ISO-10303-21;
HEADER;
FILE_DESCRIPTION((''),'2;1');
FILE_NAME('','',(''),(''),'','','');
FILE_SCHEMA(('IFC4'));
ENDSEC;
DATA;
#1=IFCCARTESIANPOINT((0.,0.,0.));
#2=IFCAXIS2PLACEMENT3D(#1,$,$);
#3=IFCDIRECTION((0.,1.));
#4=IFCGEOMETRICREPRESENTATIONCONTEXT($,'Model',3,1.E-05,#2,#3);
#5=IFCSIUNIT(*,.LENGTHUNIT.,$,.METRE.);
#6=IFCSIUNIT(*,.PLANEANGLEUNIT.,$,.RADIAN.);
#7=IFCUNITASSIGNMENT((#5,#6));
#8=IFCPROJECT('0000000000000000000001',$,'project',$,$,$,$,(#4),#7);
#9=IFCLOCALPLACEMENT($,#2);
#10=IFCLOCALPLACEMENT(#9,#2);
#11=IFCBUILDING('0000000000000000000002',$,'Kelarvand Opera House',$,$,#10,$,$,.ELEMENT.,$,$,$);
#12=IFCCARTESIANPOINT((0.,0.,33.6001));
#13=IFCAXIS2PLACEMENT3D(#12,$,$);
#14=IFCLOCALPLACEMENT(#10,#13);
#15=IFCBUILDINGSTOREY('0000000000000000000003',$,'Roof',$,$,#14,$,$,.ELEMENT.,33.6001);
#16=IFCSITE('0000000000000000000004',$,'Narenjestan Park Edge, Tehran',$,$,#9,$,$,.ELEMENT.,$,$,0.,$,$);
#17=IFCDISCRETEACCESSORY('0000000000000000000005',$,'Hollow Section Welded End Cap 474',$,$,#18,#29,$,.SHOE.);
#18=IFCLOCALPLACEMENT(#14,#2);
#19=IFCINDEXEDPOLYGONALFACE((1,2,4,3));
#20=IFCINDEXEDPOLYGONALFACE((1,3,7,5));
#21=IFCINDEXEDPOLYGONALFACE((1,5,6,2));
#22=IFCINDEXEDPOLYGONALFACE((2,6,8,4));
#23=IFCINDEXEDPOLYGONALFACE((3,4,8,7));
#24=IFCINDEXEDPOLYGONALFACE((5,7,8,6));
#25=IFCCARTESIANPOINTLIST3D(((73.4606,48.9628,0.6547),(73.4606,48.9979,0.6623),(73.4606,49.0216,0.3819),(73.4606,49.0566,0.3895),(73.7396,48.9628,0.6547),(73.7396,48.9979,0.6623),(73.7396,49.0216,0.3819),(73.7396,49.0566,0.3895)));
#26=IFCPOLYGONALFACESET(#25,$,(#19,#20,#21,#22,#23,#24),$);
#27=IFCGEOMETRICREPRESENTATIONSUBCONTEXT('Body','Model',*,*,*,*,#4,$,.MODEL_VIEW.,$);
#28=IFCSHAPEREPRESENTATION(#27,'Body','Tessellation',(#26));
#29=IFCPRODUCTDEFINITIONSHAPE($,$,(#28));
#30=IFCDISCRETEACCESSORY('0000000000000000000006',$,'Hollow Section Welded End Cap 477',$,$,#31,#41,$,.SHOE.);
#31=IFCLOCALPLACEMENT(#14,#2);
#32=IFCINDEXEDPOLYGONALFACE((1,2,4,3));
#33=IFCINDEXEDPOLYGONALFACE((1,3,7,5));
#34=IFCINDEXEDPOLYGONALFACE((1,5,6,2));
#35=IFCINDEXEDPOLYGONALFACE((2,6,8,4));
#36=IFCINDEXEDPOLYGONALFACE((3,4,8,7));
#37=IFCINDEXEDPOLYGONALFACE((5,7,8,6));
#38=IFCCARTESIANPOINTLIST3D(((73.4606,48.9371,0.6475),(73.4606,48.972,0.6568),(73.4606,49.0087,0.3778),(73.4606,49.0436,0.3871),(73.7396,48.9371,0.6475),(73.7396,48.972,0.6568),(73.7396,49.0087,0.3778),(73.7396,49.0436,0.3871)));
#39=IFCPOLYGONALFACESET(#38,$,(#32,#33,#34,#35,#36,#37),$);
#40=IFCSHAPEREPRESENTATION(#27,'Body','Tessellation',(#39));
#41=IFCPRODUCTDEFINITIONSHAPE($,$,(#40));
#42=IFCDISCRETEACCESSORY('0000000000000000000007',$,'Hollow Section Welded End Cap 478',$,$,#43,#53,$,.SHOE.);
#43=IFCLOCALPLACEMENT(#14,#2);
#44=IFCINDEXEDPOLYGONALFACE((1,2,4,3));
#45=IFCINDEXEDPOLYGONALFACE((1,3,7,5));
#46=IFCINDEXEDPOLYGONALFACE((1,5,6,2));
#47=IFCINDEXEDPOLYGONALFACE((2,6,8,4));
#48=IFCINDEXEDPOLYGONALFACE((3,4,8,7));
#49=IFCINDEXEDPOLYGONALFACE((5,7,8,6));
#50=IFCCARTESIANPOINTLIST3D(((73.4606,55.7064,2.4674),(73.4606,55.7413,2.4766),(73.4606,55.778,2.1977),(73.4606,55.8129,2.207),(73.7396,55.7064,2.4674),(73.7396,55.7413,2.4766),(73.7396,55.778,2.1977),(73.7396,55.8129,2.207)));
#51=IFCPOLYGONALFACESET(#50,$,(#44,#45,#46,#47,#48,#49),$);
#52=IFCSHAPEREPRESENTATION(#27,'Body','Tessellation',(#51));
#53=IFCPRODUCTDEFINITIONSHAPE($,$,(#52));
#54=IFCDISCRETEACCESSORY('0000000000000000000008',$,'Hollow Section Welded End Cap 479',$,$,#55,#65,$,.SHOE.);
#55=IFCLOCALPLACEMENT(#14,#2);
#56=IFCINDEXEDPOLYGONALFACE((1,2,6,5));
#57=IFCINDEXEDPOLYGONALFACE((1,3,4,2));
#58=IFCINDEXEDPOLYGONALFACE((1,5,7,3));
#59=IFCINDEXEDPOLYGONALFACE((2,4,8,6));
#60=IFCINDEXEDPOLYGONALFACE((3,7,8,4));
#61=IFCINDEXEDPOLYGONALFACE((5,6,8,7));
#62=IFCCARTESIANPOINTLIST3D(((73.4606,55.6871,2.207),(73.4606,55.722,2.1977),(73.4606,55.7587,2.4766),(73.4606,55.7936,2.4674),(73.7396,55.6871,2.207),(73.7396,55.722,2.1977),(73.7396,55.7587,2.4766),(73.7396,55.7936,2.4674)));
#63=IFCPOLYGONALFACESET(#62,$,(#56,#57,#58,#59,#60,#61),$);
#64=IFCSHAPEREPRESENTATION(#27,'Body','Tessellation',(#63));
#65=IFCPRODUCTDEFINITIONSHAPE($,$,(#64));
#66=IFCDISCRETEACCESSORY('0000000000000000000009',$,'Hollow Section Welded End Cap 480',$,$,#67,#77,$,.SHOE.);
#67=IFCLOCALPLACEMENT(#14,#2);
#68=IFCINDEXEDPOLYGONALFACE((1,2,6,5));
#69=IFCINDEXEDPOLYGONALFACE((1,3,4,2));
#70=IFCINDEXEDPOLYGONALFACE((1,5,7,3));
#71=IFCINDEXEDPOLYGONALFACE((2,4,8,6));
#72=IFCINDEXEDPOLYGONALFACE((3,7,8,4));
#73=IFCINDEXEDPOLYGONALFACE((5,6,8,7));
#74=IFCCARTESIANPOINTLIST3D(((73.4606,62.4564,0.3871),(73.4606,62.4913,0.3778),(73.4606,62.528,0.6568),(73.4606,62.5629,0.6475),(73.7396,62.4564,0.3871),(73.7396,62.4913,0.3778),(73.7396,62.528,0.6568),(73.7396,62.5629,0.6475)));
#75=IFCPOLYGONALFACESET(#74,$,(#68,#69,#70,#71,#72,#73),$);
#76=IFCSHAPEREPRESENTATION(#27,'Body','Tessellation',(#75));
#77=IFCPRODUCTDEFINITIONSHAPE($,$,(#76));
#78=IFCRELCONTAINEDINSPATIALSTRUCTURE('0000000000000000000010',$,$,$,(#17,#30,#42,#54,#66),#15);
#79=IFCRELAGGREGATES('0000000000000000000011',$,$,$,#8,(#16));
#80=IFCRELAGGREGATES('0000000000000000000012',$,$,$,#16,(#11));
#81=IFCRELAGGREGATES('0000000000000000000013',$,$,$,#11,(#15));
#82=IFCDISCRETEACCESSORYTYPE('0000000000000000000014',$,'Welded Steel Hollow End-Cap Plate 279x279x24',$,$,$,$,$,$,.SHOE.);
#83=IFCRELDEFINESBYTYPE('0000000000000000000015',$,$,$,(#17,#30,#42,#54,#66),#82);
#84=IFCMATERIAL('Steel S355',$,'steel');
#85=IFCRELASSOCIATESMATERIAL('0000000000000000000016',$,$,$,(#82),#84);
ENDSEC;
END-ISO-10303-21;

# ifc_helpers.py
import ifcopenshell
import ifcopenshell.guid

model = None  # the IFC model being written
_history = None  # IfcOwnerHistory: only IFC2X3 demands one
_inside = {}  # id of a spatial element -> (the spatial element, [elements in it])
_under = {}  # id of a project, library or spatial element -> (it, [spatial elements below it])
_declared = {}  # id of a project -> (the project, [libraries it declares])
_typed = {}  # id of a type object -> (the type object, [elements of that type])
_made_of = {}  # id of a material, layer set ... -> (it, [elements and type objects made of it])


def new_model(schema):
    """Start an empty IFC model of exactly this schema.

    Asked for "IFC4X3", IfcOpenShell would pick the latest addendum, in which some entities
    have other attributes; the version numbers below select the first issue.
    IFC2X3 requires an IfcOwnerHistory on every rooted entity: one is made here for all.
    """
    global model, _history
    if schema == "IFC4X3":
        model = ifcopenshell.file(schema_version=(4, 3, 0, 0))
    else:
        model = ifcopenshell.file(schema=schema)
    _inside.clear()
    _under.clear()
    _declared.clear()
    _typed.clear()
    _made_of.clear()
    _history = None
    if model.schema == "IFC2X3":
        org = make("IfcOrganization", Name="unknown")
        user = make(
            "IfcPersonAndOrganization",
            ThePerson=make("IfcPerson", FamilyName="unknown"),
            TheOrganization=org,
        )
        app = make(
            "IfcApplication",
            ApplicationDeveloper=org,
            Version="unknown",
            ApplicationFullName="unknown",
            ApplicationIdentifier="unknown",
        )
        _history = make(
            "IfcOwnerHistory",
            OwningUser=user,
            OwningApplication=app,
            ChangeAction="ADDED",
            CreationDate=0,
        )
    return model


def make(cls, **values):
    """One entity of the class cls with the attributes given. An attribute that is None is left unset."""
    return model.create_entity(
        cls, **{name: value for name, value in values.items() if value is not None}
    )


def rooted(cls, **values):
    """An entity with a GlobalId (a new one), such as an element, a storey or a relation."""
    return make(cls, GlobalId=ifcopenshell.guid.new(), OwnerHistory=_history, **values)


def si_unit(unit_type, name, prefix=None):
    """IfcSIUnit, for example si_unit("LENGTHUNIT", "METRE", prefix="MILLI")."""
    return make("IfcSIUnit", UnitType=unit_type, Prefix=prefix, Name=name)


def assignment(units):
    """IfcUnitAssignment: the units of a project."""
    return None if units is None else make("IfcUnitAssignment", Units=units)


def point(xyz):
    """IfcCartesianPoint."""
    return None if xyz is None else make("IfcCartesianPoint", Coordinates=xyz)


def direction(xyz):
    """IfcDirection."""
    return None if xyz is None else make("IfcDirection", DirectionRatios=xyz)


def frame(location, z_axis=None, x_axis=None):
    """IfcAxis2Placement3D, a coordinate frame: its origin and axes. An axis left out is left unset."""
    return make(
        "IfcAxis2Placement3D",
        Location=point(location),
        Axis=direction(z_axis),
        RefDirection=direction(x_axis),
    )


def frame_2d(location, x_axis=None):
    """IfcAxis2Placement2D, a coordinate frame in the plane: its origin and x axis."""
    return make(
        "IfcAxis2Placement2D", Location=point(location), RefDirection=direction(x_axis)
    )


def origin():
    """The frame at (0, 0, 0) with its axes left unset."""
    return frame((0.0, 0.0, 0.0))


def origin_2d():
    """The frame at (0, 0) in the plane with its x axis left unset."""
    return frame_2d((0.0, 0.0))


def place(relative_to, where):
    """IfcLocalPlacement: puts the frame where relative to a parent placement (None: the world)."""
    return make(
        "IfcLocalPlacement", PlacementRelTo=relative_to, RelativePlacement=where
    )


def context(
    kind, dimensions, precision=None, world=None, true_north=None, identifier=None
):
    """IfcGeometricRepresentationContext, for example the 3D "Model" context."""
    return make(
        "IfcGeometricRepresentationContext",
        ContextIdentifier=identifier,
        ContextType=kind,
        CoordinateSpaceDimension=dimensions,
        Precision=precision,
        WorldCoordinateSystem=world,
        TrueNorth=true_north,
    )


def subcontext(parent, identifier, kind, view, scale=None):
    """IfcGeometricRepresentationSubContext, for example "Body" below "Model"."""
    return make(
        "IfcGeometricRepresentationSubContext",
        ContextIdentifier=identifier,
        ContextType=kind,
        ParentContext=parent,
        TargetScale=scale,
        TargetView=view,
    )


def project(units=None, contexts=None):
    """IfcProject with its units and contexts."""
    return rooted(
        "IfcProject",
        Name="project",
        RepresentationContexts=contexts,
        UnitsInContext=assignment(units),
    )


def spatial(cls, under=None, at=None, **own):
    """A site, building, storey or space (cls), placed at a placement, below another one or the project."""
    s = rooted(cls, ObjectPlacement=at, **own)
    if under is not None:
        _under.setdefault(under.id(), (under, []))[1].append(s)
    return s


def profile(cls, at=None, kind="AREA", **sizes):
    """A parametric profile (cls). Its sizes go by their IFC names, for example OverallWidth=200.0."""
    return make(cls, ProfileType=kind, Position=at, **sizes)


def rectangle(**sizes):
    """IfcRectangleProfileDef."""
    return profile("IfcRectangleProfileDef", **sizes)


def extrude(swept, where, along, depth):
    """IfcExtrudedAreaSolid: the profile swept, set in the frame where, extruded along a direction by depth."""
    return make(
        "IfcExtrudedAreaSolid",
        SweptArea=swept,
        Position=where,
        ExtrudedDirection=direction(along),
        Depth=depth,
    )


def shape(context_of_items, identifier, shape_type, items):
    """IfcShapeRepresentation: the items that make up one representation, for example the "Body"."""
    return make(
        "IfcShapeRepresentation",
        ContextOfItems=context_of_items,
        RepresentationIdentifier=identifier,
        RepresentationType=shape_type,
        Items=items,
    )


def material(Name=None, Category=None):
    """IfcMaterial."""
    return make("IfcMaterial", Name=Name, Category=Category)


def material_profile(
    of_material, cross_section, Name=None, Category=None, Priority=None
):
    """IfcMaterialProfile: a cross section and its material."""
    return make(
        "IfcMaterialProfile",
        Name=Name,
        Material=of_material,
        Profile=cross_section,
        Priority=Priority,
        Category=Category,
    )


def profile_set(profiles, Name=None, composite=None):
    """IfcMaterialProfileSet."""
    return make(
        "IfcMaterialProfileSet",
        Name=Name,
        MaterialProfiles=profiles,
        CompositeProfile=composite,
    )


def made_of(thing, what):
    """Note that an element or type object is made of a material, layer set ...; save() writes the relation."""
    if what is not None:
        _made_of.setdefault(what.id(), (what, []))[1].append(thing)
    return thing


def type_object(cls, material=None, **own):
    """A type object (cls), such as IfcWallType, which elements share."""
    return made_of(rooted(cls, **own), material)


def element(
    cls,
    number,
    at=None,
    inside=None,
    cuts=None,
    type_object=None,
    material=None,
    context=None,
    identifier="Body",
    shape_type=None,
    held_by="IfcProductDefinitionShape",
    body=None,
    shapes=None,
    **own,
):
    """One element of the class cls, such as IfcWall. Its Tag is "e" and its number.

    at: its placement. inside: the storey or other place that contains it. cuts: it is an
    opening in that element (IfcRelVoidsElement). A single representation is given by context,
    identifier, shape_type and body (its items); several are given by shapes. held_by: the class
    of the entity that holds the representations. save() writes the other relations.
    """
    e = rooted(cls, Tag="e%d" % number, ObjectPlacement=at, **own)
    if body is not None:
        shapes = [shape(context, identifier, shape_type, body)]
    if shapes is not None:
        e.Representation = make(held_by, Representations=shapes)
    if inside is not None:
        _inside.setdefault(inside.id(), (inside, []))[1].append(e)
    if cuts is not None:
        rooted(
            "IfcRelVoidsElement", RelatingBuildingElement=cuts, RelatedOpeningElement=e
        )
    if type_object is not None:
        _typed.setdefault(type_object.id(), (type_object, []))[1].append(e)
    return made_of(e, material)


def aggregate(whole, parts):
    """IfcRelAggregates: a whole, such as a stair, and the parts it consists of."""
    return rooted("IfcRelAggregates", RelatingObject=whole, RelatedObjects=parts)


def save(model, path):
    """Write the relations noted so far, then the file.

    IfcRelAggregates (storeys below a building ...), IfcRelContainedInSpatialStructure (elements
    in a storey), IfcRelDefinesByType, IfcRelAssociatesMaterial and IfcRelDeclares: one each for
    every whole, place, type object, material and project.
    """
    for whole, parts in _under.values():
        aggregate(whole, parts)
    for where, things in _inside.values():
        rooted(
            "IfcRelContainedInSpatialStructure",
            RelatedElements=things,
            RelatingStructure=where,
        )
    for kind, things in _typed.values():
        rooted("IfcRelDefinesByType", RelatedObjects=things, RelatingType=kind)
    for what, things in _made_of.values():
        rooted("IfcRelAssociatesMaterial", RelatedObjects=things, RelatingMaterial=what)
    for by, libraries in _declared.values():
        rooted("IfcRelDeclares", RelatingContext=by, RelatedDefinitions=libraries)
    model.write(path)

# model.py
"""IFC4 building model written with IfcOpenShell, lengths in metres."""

from ifc_helpers import new_model, si_unit, direction, frame, origin, origin_2d, place, context, subcontext, project, spatial, rectangle, extrude, material, material_profile, profile_set, type_object, element, save


model = new_model("IFC4")

# Units and contexts
model_context = context("Model", 3, precision=1e-05, world=origin(), true_north=direction((0.0, 1.0)))
body_context = subcontext(model_context, "Body", "Model", "MODEL_VIEW")
ifc_project = project(units=[si_unit("LENGTHUNIT", "METRE"), si_unit("PLANEANGLEUNIT", "RADIAN")], contexts=[model_context])

# Site, building, storey
site_placement = place(None, origin())
site = spatial("IfcSite", under=ifc_project, at=site_placement, Name="Narenjestan Park Edge, Tehran", CompositionType="ELEMENT", RefElevation=0.0)
building_placement = place(site_placement, origin())
building = spatial("IfcBuilding", under=site, at=building_placement, Name="Kelarvand Opera House", CompositionType="ELEMENT")
storey_placement = place(building_placement, frame((0.0, 0.0, 33.6001)))
storey = spatial("IfcBuildingStorey", under=building, at=storey_placement, Name="Roof", CompositionType="ELEMENT", Elevation=33.6001)

# Shared definitions
ifc_material = material(Name="Steel S355", Category="steel")

# Discrete accessories
ifc_material_profile_1 = material_profile(ifc_material, rectangle(XDim=0.2791, YDim=0.2791, at=origin_2d()), Name="Welded Steel Hollow End-Cap Plate 279x279x24", Category="steel")
ifc_profile_set_1 = profile_set([ifc_material_profile_1], Name="Steel S355")
discrete_accessory_type_1 = type_object("IfcDiscreteAccessoryType", Name="Welded Steel Hollow End-Cap Plate 279x279x24", PredefinedType="SHOE", material=ifc_profile_set_1)
discrete_accessory_1_placement = place(storey_placement, frame((73.6001, 48.9922, 0.5183), z_axis=(0.0, 0.977603, 0.210456), x_axis=(-1.0, 0.0, 0.0)))
element("IfcDiscreteAccessory", 1, at=discrete_accessory_1_placement, inside=storey, type_object=discrete_accessory_type_1, Name="Hollow Section Welded End Cap 474", PredefinedType="SHOE", context=body_context, shape_type="SweptSolid", body=[
    extrude(rectangle(XDim=0.2791, YDim=0.2791, at=origin_2d()), origin(), (0.0, 0.0, 1.0), 0.0359),
])
for number, where, z_axis, x_axis, name in (
    (2, (73.6001, 49.0078, 0.522), (0.0, -0.966459, -0.256821), (1.0, 0.0, 0.0), "Hollow Section Welded End Cap 477"),
    (3, (73.6001, 55.7422, 2.3325), (0.0, 0.966459, 0.256821), (-1.0, 0.0, 0.0), "Hollow Section Welded End Cap 478"),
    (4, (73.6001, 55.7578, 2.3325), (0.0, -0.966459, 0.256821), (1.0, 0.0, 0.0), "Hollow Section Welded End Cap 479"),
    (5, (73.6001, 62.4922, 0.522), (0.0, 0.966459, -0.256821), (-1.0, 0.0, 0.0), "Hollow Section Welded End Cap 480"),
):
    element("IfcDiscreteAccessory", number, at=place(storey_placement, frame(where, z_axis=z_axis, x_axis=x_axis)), inside=storey, type_object=discrete_accessory_type_1, Name=name, PredefinedType="SHOE", context=body_context, shape_type="SweptSolid", body=[
        extrude(rectangle(XDim=0.2791, YDim=0.2791, at=origin_2d()), origin(), (0.0, 0.0, 1.0), 0.0361),
    ])

save(model, "model.ifc")
